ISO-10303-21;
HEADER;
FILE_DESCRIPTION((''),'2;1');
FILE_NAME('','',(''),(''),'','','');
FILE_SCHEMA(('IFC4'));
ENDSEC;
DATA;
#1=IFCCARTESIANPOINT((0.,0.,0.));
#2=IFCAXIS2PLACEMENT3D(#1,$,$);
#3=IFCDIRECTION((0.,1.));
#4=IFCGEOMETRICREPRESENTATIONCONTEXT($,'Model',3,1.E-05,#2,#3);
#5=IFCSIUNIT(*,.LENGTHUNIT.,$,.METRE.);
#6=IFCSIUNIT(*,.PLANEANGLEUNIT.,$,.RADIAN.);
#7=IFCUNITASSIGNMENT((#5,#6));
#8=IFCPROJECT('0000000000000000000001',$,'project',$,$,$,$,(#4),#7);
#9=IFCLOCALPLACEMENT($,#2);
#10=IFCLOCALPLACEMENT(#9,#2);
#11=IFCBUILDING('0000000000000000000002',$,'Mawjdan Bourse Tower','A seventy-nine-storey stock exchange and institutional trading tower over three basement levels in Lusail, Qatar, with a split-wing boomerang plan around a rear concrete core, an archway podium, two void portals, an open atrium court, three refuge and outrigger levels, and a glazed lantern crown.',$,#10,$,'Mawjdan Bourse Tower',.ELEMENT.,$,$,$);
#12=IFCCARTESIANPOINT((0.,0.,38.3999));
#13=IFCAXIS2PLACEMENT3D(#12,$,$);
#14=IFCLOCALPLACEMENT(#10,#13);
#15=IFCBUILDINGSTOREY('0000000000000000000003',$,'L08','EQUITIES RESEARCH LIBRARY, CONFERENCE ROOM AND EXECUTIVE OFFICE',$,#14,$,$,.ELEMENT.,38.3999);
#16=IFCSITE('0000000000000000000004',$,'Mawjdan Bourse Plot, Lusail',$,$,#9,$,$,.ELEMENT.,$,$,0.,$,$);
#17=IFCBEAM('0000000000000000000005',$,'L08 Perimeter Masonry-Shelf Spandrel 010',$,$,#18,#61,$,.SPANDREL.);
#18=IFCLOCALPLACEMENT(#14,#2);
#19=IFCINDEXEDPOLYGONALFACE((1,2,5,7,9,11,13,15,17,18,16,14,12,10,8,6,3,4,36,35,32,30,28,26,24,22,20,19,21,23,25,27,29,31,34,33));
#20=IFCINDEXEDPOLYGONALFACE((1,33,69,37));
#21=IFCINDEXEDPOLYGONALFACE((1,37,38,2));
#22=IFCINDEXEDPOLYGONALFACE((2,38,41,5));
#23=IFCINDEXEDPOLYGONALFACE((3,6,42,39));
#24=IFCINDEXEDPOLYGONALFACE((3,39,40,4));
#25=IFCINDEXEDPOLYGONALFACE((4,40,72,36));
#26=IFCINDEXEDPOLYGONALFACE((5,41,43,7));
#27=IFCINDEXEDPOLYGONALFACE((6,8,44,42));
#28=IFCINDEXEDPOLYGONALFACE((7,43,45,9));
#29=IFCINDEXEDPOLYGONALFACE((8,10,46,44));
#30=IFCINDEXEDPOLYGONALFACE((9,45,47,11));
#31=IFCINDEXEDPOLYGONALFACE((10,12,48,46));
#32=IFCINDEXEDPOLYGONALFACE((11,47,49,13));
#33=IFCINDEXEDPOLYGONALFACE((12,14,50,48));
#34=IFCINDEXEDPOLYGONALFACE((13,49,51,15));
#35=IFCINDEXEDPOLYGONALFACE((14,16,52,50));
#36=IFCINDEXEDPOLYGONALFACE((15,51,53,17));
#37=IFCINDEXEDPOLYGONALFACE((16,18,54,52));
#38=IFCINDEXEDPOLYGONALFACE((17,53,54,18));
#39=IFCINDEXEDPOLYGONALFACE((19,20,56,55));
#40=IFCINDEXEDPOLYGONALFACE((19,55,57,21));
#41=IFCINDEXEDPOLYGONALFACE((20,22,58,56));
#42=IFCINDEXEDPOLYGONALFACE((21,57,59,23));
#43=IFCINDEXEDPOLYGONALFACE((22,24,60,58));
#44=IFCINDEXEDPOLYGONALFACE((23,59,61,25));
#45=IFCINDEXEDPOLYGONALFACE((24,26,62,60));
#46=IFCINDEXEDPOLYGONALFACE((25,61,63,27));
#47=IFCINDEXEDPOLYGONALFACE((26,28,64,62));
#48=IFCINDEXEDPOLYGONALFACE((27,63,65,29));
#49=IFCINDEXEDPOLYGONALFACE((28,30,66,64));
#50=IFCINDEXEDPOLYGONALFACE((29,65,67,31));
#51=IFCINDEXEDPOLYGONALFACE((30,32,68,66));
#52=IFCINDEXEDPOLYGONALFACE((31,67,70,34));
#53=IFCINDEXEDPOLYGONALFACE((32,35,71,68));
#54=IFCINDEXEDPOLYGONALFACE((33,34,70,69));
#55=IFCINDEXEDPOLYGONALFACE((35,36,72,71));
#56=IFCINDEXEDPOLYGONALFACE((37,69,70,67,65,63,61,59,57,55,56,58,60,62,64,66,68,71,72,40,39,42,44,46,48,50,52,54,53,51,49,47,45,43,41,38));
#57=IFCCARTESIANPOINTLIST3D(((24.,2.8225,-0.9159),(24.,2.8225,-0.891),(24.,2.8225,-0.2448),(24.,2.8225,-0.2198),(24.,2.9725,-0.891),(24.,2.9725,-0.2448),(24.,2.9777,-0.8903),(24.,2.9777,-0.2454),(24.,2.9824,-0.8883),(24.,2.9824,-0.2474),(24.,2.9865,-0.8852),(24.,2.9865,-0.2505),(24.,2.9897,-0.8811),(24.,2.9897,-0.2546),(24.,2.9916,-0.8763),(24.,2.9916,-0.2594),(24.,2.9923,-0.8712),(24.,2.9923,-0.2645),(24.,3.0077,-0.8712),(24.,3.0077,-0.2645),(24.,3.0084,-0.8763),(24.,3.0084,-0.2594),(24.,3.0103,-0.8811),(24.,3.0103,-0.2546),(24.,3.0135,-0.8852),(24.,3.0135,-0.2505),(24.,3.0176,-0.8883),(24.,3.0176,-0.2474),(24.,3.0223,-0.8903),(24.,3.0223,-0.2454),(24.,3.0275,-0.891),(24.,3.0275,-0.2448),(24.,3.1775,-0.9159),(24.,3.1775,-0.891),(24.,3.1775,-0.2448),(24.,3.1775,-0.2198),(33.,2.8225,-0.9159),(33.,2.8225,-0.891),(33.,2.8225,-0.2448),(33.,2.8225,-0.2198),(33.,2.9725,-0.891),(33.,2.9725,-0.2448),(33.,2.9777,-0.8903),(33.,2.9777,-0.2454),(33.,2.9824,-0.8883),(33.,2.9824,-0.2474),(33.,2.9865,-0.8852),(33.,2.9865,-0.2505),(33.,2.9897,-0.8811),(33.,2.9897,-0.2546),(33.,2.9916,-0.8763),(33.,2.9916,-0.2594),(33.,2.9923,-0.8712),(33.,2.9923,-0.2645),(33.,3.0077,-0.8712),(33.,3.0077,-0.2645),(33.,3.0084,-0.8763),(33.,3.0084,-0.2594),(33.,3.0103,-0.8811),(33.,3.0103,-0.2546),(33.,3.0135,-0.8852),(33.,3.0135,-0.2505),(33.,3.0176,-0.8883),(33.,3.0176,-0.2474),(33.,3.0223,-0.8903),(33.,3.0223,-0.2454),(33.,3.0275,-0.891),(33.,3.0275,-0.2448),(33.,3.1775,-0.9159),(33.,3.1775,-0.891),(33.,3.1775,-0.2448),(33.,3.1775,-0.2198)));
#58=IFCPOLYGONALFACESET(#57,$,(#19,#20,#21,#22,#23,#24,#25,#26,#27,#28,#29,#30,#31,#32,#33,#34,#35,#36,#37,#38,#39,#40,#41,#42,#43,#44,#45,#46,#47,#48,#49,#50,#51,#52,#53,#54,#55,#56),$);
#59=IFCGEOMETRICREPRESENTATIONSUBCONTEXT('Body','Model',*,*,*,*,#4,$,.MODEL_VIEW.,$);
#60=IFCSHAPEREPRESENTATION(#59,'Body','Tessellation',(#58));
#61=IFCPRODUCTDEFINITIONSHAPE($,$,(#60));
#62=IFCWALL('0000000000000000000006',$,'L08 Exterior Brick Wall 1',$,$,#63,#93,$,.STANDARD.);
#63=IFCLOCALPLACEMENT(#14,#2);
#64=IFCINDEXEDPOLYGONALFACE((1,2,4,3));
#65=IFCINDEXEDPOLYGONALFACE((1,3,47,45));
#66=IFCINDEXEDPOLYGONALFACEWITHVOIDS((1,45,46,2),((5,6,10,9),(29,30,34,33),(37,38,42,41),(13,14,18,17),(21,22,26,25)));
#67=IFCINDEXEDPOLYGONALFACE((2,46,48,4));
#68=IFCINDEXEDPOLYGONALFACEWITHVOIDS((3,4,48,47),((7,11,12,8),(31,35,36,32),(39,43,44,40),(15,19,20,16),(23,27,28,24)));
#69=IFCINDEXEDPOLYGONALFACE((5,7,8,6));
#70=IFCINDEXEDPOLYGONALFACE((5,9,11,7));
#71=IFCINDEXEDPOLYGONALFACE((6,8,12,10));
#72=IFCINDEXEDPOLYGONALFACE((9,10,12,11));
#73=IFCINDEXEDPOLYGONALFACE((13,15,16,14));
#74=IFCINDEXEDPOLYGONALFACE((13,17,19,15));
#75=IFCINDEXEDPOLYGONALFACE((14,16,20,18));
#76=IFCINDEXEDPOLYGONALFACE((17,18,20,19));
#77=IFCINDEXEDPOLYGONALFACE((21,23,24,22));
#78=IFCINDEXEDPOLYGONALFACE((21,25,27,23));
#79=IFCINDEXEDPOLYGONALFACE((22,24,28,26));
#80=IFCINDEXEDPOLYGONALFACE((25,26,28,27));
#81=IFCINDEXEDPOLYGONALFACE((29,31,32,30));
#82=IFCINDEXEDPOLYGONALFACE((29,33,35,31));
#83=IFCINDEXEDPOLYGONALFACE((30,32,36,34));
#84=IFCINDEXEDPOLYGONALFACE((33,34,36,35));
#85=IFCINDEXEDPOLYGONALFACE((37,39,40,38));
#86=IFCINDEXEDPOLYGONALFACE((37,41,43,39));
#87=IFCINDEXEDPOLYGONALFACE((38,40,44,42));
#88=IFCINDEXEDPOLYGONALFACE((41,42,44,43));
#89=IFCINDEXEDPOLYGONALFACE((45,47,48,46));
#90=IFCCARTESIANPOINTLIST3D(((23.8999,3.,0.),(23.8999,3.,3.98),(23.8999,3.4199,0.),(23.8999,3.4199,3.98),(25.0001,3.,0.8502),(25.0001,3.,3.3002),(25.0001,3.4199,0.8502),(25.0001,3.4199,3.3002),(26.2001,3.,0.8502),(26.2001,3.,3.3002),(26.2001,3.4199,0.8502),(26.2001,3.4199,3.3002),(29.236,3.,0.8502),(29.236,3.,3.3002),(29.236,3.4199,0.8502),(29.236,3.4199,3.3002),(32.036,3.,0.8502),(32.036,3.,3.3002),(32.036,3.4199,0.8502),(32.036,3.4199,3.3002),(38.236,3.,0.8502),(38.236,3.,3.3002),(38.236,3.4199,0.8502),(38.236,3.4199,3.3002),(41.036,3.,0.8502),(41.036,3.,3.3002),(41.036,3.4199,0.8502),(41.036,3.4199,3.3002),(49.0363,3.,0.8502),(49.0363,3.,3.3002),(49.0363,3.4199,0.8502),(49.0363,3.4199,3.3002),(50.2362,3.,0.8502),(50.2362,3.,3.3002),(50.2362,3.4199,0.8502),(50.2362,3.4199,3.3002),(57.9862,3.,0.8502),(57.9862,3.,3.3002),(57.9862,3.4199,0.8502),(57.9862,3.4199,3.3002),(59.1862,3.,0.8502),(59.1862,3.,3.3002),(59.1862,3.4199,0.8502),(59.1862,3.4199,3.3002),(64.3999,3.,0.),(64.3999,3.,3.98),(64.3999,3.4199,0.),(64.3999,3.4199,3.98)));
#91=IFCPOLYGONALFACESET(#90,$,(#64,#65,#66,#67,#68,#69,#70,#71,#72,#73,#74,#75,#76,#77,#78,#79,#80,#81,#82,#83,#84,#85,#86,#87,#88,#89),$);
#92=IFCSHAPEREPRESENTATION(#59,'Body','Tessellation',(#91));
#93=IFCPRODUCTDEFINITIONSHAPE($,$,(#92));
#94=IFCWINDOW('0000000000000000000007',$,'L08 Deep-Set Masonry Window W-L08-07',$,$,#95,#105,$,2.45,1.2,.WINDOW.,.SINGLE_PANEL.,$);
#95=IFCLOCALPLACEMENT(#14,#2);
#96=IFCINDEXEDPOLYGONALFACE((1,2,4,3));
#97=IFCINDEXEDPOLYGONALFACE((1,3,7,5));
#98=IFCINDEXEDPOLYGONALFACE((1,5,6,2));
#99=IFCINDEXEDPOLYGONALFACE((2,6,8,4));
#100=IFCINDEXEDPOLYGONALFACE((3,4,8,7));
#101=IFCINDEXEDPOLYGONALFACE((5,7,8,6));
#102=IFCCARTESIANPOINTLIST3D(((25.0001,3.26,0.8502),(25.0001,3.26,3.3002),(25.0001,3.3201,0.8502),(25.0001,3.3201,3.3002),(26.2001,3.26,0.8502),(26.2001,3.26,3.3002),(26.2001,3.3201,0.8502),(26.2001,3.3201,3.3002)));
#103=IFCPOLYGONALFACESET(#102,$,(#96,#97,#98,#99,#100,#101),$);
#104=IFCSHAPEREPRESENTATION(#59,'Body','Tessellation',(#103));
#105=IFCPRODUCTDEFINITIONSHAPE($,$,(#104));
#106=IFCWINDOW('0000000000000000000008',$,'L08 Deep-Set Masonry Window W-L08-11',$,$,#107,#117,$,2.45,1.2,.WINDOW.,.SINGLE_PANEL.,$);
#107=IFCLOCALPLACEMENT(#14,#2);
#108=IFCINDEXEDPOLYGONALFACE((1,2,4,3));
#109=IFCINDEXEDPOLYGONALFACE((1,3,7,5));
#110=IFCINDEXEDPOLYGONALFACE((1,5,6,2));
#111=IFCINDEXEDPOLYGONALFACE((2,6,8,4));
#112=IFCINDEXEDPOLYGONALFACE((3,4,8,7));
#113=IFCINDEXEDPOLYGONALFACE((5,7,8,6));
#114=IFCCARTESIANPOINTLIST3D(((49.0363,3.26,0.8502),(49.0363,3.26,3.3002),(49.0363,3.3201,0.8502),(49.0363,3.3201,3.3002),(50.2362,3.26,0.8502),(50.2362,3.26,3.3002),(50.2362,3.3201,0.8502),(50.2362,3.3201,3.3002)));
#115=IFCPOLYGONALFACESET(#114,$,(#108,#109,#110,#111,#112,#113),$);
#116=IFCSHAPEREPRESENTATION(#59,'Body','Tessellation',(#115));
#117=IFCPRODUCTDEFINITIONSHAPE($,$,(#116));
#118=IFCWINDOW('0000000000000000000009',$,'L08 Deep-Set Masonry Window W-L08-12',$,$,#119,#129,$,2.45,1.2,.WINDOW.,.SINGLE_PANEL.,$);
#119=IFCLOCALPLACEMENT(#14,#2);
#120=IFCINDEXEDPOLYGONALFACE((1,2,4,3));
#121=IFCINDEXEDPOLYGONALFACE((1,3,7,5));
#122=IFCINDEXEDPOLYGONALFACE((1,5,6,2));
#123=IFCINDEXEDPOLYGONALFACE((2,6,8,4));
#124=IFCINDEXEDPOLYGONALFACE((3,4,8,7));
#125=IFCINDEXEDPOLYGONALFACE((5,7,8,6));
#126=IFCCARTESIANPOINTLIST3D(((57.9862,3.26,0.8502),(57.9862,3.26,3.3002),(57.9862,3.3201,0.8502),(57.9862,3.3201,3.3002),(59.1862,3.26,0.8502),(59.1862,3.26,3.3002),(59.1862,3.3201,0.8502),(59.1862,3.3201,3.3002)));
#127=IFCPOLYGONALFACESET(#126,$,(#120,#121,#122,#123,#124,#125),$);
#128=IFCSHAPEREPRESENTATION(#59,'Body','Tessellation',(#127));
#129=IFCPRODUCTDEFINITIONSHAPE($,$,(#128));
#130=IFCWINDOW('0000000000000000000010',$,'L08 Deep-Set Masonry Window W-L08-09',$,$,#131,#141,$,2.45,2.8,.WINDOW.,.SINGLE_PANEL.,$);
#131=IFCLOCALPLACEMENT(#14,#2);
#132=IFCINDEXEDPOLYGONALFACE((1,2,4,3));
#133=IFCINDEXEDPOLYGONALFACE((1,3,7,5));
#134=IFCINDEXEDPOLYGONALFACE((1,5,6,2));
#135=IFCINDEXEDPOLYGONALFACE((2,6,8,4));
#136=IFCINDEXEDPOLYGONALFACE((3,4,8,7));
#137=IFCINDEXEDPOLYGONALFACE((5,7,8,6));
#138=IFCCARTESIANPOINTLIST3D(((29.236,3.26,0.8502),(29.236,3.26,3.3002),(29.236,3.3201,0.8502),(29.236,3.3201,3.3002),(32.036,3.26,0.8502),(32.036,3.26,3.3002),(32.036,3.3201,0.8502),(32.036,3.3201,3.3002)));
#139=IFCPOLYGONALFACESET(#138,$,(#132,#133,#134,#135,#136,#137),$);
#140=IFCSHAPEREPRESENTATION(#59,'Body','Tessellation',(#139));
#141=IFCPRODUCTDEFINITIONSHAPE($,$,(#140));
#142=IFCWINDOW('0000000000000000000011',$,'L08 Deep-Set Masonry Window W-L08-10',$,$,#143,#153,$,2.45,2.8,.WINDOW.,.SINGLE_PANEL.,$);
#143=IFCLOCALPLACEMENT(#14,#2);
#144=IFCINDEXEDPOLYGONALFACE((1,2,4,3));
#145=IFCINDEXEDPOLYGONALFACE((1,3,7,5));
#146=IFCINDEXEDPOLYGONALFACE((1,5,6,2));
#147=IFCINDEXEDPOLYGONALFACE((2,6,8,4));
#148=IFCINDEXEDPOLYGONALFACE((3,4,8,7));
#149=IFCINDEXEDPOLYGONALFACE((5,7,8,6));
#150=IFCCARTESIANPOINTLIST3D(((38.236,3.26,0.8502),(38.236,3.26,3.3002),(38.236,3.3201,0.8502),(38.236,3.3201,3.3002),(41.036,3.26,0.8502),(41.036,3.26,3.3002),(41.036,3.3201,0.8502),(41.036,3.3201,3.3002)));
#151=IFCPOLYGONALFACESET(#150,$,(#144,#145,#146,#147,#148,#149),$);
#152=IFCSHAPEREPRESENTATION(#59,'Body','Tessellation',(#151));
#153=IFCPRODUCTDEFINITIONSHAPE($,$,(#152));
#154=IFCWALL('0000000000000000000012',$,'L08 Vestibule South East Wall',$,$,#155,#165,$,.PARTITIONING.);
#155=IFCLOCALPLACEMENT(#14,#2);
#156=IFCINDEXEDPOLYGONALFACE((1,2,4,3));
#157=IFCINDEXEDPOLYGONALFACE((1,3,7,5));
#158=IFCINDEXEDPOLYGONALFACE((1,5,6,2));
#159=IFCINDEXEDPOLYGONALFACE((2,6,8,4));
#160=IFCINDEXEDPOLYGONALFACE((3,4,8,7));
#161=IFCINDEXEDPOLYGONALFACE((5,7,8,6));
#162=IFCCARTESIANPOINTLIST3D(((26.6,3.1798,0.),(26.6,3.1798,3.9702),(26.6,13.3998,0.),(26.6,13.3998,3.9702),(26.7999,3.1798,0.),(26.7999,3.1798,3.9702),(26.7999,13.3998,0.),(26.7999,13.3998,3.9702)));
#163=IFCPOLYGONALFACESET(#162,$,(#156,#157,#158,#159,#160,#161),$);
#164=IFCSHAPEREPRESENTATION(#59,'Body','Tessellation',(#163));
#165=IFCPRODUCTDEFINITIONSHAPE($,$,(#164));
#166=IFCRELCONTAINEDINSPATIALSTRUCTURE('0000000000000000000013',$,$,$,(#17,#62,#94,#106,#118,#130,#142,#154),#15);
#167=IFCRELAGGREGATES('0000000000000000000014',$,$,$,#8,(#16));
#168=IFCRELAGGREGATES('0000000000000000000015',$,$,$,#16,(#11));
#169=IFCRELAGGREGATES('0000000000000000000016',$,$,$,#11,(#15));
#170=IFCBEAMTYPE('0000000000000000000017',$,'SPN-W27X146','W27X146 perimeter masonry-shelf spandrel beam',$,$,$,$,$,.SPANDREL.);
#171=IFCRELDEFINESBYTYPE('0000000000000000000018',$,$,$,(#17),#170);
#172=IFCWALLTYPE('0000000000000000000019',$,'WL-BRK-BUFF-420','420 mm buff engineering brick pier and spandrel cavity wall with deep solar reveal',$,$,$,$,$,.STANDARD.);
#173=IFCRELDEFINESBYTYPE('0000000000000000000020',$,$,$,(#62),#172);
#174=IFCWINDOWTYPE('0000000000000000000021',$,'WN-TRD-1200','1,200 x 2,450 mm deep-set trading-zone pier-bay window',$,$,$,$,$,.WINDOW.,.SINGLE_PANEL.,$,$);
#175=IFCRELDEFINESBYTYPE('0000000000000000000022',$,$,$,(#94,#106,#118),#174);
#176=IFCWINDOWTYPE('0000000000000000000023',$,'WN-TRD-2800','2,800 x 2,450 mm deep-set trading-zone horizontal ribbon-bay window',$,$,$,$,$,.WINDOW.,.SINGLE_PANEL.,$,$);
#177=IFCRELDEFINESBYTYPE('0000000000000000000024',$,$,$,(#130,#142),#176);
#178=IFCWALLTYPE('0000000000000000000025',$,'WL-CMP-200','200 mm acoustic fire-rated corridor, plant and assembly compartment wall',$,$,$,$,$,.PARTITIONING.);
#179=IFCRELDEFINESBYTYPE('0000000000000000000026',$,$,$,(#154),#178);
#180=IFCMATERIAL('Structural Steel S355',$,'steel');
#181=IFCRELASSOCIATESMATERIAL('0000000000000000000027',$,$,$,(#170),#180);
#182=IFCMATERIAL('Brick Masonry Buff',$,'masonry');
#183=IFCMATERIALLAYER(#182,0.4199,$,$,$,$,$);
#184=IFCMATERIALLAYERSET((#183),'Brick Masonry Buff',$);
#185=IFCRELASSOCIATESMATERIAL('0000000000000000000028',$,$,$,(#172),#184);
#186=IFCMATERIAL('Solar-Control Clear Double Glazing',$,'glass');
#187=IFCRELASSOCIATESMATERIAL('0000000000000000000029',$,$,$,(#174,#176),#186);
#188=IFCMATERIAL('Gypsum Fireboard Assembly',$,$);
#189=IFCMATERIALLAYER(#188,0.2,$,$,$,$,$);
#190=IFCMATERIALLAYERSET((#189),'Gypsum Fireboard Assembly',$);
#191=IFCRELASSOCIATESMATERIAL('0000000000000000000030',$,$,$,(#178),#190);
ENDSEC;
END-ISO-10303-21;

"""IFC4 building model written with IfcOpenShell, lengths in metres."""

from ifc_helpers import new_model, si_unit, direction, frame, frame_2d, origin, origin_2d, place, context, subcontext, project, spatial, rectangle, i_section, extrude, material, layer, layer_set, material_profile, profile_set, type_object, element, fill, save


model = new_model("IFC4")

# Units and contexts
model_context = context("Model", 3, precision=1e-05, world=origin(), true_north=direction((0.0, 1.0)))
body_context = subcontext(model_context, "Body", "Model", "MODEL_VIEW")
ifc_project = project(units=[si_unit("LENGTHUNIT", "METRE"), si_unit("PLANEANGLEUNIT", "RADIAN")], contexts=[model_context])

# Site, building, storey
site_placement = place(None, origin())
site = spatial("IfcSite", under=ifc_project, at=site_placement, Name="Mawjdan Bourse Plot, Lusail", CompositionType="ELEMENT", RefElevation=0.0)
building_placement = place(site_placement, origin())
building = spatial("IfcBuilding", under=site, at=building_placement, Name="Mawjdan Bourse Tower", Description="A seventy-nine-storey stock exchange and institutional trading tower over three basement levels in Lusail, Qatar, with a split-wing boomerang plan around a rear concrete core, an archway podium, two void portals, an open atrium court, three refuge and outrigger levels, and a glazed lantern crown.", LongName="Mawjdan Bourse Tower", CompositionType="ELEMENT")
storey_placement = place(building_placement, frame((0.0, 0.0, 38.3999)))
storey = spatial("IfcBuildingStorey", under=building, at=storey_placement, Name="L08", Description="EQUITIES RESEARCH LIBRARY, CONFERENCE ROOM AND EXECUTIVE OFFICE", CompositionType="ELEMENT", Elevation=38.3999)

# Beam
ifc_material_1 = material(Name="Structural Steel S355", Category="steel")
ifc_material_profile_1 = material_profile(ifc_material_1, i_section(OverallWidth=0.355, OverallDepth=0.696, WebThickness=0.0154, FlangeThickness=0.0249, FilletRadius=0.0198, at=origin_2d()), Name="W27X146")
ifc_profile_set_1 = profile_set([ifc_material_profile_1], Name="Structural Steel S355")
beam_type_1 = type_object("IfcBeamType", Name="SPN-W27X146", Description="W27X146 perimeter masonry-shelf spandrel beam", PredefinedType="SPANDREL", material=ifc_profile_set_1)
beam_1_placement = place(storey_placement, frame((24.0, 3.0, -0.5679), z_axis=(1.0, 0.0, 0.0), x_axis=(0.0, 1.0, 0.0)))
element("IfcBeam", 1, at=beam_1_placement, inside=storey, type_object=beam_type_1, Name="L08 Perimeter Masonry-Shelf Spandrel 010", PredefinedType="SPANDREL", context=body_context, shape_type="SweptSolid", body=[
    extrude(i_section(OverallWidth=0.355, OverallDepth=0.696, WebThickness=0.0154, FlangeThickness=0.0249, FilletRadius=0.0198, at=origin_2d()), origin(), (0.0, 0.0, 1.0), 9.0),
])

# Wall, openings, windows
ifc_material_2 = material(Name="Brick Masonry Buff", Category="masonry")
ifc_layer_1 = layer(ifc_material_2, 0.4199)
ifc_layer_set_1 = layer_set([ifc_layer_1], Name="Brick Masonry Buff")
wall_type_1 = type_object("IfcWallType", Name="WL-BRK-BUFF-420", Description="420 mm buff engineering brick pier and spandrel cavity wall with deep solar reveal", PredefinedType="STANDARD", material=ifc_layer_set_1)
wall_1_placement = place(storey_placement, frame((23.8999, 3.21, 0.0), z_axis=(0.0, 0.0, 1.0), x_axis=(1.0, 0.0, 0.0)))
wall_1 = element("IfcWall", 2, at=wall_1_placement, inside=storey, type_object=wall_type_1, Name="L08 Exterior Brick Wall 1", PredefinedType="STANDARD", context=body_context, shape_type="SweptSolid", body=[
    extrude(rectangle(XDim=40.5, YDim=0.4199, at=frame_2d((20.25, 0.0))), origin(), (0.0, 0.0, 1.0), 3.98),
])
opening_1_placement = place(wall_1_placement, frame((1.1001, 0.0, 0.8501)))
opening_1 = element("IfcOpeningElement", 3, at=opening_1_placement, cuts=wall_1, PredefinedType="OPENING", context=body_context, shape_type="SweptSolid", body=[
    extrude(rectangle(XDim=1.2, YDim=2.45, at=frame_2d((0.6001, 1.2251))), frame((0.0, 0.22, 0.0), z_axis=(0.0, -1.0, 0.0), x_axis=(1.0, 0.0, 0.0)), (0.0, 0.0, 1.0), 0.4399),
])
opening_2_placement = place(wall_1_placement, frame((5.3362, 0.0, 0.8501)))
opening_2 = element("IfcOpeningElement", 4, at=opening_2_placement, cuts=wall_1, PredefinedType="OPENING", context=body_context, shape_type="SweptSolid", body=[
    extrude(rectangle(XDim=2.8, YDim=2.45, at=frame_2d((1.3999, 1.2251))), frame((0.0, 0.22, 0.0), z_axis=(0.0, -1.0, 0.0), x_axis=(1.0, 0.0, 0.0)), (0.0, 0.0, 1.0), 0.4399),
])
opening_3_placement = place(wall_1_placement, frame((14.3362, 0.0, 0.8501)))
opening_3 = element("IfcOpeningElement", 5, at=opening_3_placement, cuts=wall_1, PredefinedType="OPENING", context=body_context, shape_type="SweptSolid", body=[
    extrude(rectangle(XDim=2.8, YDim=2.45, at=frame_2d((1.3999, 1.2251))), frame((0.0, 0.22, 0.0), z_axis=(0.0, -1.0, 0.0), x_axis=(1.0, 0.0, 0.0)), (0.0, 0.0, 1.0), 0.4399),
])
opening_4_placement = place(wall_1_placement, frame((25.1362, 0.0, 0.8501)))
opening_4 = element("IfcOpeningElement", 6, at=opening_4_placement, cuts=wall_1, PredefinedType="OPENING", context=body_context, shape_type="SweptSolid", body=[
    extrude(rectangle(XDim=1.2, YDim=2.45, at=frame_2d((0.6001, 1.2251))), frame((0.0, 0.22, 0.0), z_axis=(0.0, -1.0, 0.0), x_axis=(1.0, 0.0, 0.0)), (0.0, 0.0, 1.0), 0.4399),
])
opening_5_placement = place(wall_1_placement, frame((34.0862, 0.0, 0.8501)))
opening_5 = element("IfcOpeningElement", 7, at=opening_5_placement, cuts=wall_1, PredefinedType="OPENING", context=body_context, shape_type="SweptSolid", body=[
    extrude(rectangle(XDim=1.2, YDim=2.45, at=frame_2d((0.6001, 1.2251))), frame((0.0, 0.22, 0.0), z_axis=(0.0, -1.0, 0.0), x_axis=(1.0, 0.0, 0.0)), (0.0, 0.0, 1.0), 0.4399),
])
ifc_material_3 = material(Name="Solar-Control Clear Double Glazing", Category="glass")
window_type_1 = type_object("IfcWindowType", Name="WN-TRD-1200", Description="1,200 x 2,450 mm deep-set trading-zone pier-bay window", PartitioningType="SINGLE_PANEL", PredefinedType="WINDOW", material=ifc_material_3)
window_1_placement = place(opening_1_placement, origin())
window_1 = element("IfcWindow", 8, at=window_1_placement, inside=storey, type_object=window_type_1, Name="L08 Deep-Set Masonry Window W-L08-07", OverallHeight=2.45, OverallWidth=1.2, PartitioningType="SINGLE_PANEL", PredefinedType="WINDOW", context=body_context, shape_type="SweptSolid", body=[
    extrude(rectangle(XDim=1.2, YDim=2.45, at=frame_2d((0.6001, 1.2251))), frame((0.0, 0.1101, 0.0), z_axis=(0.0, -1.0, 0.0), x_axis=(1.0, 0.0, 0.0)), (0.0, 0.0, 1.0), 0.0601),
])
fill(opening_1, window_1)
window_2_placement = place(opening_4_placement, origin())
window_2 = element("IfcWindow", 9, at=window_2_placement, inside=storey, type_object=window_type_1, Name="L08 Deep-Set Masonry Window W-L08-11", OverallHeight=2.45, OverallWidth=1.2, PartitioningType="SINGLE_PANEL", PredefinedType="WINDOW", context=body_context, shape_type="SweptSolid", body=[
    extrude(rectangle(XDim=1.2, YDim=2.45, at=frame_2d((0.6001, 1.2251))), frame((0.0, 0.1101, 0.0), z_axis=(0.0, -1.0, 0.0), x_axis=(1.0, 0.0, 0.0)), (0.0, 0.0, 1.0), 0.0601),
])
fill(opening_4, window_2)
window_3_placement = place(opening_5_placement, origin())
window_3 = element("IfcWindow", 10, at=window_3_placement, inside=storey, type_object=window_type_1, Name="L08 Deep-Set Masonry Window W-L08-12", OverallHeight=2.45, OverallWidth=1.2, PartitioningType="SINGLE_PANEL", PredefinedType="WINDOW", context=body_context, shape_type="SweptSolid", body=[
    extrude(rectangle(XDim=1.2, YDim=2.45, at=frame_2d((0.6001, 1.2251))), frame((0.0, 0.1101, 0.0), z_axis=(0.0, -1.0, 0.0), x_axis=(1.0, 0.0, 0.0)), (0.0, 0.0, 1.0), 0.0601),
])
fill(opening_5, window_3)
window_type_2 = type_object("IfcWindowType", Name="WN-TRD-2800", Description="2,800 x 2,450 mm deep-set trading-zone horizontal ribbon-bay window", PartitioningType="SINGLE_PANEL", PredefinedType="WINDOW", material=ifc_material_3)
window_4_placement = place(opening_2_placement, origin())
window_4 = element("IfcWindow", 11, at=window_4_placement, inside=storey, type_object=window_type_2, Name="L08 Deep-Set Masonry Window W-L08-09", OverallHeight=2.45, OverallWidth=2.8, PartitioningType="SINGLE_PANEL", PredefinedType="WINDOW", context=body_context, shape_type="SweptSolid", body=[
    extrude(rectangle(XDim=2.8, YDim=2.45, at=frame_2d((1.3999, 1.2251))), frame((0.0, 0.1101, 0.0), z_axis=(0.0, -1.0, 0.0), x_axis=(1.0, 0.0, 0.0)), (0.0, 0.0, 1.0), 0.0601),
])
fill(opening_2, window_4)
window_5_placement = place(opening_3_placement, origin())
window_5 = element("IfcWindow", 12, at=window_5_placement, inside=storey, type_object=window_type_2, Name="L08 Deep-Set Masonry Window W-L08-10", OverallHeight=2.45, OverallWidth=2.8, PartitioningType="SINGLE_PANEL", PredefinedType="WINDOW", context=body_context, shape_type="SweptSolid", body=[
    extrude(rectangle(XDim=2.8, YDim=2.45, at=frame_2d((1.3999, 1.2251))), frame((0.0, 0.1101, 0.0), z_axis=(0.0, -1.0, 0.0), x_axis=(1.0, 0.0, 0.0)), (0.0, 0.0, 1.0), 0.0601),
])
fill(opening_3, window_5)

# Shared definitions
ifc_material_4 = material(Name="Gypsum Fireboard Assembly")
ifc_layer_2 = layer(ifc_material_4, 0.2)
ifc_layer_set_2 = layer_set([ifc_layer_2], Name="Gypsum Fireboard Assembly")
wall_type_2 = type_object("IfcWallType", Name="WL-CMP-200", Description="200 mm acoustic fire-rated corridor, plant and assembly compartment wall", PredefinedType="PARTITIONING", material=ifc_layer_set_2)

# Wall
wall_2_placement = place(storey_placement, frame((26.7, 3.1799, 0.0), z_axis=(0.0, 0.0, 1.0), x_axis=(0.0, 1.0, 0.0)))
element("IfcWall", 13, at=wall_2_placement, inside=storey, type_object=wall_type_2, Name="L08 Vestibule South East Wall", PredefinedType="PARTITIONING", context=body_context, shape_type="SweptSolid", body=[
    extrude(rectangle(XDim=10.22, YDim=0.2, at=frame_2d((5.1099, 0.0))), origin(), (0.0, 0.0, 1.0), 3.9702),
])

save(model, "model.ifc")
